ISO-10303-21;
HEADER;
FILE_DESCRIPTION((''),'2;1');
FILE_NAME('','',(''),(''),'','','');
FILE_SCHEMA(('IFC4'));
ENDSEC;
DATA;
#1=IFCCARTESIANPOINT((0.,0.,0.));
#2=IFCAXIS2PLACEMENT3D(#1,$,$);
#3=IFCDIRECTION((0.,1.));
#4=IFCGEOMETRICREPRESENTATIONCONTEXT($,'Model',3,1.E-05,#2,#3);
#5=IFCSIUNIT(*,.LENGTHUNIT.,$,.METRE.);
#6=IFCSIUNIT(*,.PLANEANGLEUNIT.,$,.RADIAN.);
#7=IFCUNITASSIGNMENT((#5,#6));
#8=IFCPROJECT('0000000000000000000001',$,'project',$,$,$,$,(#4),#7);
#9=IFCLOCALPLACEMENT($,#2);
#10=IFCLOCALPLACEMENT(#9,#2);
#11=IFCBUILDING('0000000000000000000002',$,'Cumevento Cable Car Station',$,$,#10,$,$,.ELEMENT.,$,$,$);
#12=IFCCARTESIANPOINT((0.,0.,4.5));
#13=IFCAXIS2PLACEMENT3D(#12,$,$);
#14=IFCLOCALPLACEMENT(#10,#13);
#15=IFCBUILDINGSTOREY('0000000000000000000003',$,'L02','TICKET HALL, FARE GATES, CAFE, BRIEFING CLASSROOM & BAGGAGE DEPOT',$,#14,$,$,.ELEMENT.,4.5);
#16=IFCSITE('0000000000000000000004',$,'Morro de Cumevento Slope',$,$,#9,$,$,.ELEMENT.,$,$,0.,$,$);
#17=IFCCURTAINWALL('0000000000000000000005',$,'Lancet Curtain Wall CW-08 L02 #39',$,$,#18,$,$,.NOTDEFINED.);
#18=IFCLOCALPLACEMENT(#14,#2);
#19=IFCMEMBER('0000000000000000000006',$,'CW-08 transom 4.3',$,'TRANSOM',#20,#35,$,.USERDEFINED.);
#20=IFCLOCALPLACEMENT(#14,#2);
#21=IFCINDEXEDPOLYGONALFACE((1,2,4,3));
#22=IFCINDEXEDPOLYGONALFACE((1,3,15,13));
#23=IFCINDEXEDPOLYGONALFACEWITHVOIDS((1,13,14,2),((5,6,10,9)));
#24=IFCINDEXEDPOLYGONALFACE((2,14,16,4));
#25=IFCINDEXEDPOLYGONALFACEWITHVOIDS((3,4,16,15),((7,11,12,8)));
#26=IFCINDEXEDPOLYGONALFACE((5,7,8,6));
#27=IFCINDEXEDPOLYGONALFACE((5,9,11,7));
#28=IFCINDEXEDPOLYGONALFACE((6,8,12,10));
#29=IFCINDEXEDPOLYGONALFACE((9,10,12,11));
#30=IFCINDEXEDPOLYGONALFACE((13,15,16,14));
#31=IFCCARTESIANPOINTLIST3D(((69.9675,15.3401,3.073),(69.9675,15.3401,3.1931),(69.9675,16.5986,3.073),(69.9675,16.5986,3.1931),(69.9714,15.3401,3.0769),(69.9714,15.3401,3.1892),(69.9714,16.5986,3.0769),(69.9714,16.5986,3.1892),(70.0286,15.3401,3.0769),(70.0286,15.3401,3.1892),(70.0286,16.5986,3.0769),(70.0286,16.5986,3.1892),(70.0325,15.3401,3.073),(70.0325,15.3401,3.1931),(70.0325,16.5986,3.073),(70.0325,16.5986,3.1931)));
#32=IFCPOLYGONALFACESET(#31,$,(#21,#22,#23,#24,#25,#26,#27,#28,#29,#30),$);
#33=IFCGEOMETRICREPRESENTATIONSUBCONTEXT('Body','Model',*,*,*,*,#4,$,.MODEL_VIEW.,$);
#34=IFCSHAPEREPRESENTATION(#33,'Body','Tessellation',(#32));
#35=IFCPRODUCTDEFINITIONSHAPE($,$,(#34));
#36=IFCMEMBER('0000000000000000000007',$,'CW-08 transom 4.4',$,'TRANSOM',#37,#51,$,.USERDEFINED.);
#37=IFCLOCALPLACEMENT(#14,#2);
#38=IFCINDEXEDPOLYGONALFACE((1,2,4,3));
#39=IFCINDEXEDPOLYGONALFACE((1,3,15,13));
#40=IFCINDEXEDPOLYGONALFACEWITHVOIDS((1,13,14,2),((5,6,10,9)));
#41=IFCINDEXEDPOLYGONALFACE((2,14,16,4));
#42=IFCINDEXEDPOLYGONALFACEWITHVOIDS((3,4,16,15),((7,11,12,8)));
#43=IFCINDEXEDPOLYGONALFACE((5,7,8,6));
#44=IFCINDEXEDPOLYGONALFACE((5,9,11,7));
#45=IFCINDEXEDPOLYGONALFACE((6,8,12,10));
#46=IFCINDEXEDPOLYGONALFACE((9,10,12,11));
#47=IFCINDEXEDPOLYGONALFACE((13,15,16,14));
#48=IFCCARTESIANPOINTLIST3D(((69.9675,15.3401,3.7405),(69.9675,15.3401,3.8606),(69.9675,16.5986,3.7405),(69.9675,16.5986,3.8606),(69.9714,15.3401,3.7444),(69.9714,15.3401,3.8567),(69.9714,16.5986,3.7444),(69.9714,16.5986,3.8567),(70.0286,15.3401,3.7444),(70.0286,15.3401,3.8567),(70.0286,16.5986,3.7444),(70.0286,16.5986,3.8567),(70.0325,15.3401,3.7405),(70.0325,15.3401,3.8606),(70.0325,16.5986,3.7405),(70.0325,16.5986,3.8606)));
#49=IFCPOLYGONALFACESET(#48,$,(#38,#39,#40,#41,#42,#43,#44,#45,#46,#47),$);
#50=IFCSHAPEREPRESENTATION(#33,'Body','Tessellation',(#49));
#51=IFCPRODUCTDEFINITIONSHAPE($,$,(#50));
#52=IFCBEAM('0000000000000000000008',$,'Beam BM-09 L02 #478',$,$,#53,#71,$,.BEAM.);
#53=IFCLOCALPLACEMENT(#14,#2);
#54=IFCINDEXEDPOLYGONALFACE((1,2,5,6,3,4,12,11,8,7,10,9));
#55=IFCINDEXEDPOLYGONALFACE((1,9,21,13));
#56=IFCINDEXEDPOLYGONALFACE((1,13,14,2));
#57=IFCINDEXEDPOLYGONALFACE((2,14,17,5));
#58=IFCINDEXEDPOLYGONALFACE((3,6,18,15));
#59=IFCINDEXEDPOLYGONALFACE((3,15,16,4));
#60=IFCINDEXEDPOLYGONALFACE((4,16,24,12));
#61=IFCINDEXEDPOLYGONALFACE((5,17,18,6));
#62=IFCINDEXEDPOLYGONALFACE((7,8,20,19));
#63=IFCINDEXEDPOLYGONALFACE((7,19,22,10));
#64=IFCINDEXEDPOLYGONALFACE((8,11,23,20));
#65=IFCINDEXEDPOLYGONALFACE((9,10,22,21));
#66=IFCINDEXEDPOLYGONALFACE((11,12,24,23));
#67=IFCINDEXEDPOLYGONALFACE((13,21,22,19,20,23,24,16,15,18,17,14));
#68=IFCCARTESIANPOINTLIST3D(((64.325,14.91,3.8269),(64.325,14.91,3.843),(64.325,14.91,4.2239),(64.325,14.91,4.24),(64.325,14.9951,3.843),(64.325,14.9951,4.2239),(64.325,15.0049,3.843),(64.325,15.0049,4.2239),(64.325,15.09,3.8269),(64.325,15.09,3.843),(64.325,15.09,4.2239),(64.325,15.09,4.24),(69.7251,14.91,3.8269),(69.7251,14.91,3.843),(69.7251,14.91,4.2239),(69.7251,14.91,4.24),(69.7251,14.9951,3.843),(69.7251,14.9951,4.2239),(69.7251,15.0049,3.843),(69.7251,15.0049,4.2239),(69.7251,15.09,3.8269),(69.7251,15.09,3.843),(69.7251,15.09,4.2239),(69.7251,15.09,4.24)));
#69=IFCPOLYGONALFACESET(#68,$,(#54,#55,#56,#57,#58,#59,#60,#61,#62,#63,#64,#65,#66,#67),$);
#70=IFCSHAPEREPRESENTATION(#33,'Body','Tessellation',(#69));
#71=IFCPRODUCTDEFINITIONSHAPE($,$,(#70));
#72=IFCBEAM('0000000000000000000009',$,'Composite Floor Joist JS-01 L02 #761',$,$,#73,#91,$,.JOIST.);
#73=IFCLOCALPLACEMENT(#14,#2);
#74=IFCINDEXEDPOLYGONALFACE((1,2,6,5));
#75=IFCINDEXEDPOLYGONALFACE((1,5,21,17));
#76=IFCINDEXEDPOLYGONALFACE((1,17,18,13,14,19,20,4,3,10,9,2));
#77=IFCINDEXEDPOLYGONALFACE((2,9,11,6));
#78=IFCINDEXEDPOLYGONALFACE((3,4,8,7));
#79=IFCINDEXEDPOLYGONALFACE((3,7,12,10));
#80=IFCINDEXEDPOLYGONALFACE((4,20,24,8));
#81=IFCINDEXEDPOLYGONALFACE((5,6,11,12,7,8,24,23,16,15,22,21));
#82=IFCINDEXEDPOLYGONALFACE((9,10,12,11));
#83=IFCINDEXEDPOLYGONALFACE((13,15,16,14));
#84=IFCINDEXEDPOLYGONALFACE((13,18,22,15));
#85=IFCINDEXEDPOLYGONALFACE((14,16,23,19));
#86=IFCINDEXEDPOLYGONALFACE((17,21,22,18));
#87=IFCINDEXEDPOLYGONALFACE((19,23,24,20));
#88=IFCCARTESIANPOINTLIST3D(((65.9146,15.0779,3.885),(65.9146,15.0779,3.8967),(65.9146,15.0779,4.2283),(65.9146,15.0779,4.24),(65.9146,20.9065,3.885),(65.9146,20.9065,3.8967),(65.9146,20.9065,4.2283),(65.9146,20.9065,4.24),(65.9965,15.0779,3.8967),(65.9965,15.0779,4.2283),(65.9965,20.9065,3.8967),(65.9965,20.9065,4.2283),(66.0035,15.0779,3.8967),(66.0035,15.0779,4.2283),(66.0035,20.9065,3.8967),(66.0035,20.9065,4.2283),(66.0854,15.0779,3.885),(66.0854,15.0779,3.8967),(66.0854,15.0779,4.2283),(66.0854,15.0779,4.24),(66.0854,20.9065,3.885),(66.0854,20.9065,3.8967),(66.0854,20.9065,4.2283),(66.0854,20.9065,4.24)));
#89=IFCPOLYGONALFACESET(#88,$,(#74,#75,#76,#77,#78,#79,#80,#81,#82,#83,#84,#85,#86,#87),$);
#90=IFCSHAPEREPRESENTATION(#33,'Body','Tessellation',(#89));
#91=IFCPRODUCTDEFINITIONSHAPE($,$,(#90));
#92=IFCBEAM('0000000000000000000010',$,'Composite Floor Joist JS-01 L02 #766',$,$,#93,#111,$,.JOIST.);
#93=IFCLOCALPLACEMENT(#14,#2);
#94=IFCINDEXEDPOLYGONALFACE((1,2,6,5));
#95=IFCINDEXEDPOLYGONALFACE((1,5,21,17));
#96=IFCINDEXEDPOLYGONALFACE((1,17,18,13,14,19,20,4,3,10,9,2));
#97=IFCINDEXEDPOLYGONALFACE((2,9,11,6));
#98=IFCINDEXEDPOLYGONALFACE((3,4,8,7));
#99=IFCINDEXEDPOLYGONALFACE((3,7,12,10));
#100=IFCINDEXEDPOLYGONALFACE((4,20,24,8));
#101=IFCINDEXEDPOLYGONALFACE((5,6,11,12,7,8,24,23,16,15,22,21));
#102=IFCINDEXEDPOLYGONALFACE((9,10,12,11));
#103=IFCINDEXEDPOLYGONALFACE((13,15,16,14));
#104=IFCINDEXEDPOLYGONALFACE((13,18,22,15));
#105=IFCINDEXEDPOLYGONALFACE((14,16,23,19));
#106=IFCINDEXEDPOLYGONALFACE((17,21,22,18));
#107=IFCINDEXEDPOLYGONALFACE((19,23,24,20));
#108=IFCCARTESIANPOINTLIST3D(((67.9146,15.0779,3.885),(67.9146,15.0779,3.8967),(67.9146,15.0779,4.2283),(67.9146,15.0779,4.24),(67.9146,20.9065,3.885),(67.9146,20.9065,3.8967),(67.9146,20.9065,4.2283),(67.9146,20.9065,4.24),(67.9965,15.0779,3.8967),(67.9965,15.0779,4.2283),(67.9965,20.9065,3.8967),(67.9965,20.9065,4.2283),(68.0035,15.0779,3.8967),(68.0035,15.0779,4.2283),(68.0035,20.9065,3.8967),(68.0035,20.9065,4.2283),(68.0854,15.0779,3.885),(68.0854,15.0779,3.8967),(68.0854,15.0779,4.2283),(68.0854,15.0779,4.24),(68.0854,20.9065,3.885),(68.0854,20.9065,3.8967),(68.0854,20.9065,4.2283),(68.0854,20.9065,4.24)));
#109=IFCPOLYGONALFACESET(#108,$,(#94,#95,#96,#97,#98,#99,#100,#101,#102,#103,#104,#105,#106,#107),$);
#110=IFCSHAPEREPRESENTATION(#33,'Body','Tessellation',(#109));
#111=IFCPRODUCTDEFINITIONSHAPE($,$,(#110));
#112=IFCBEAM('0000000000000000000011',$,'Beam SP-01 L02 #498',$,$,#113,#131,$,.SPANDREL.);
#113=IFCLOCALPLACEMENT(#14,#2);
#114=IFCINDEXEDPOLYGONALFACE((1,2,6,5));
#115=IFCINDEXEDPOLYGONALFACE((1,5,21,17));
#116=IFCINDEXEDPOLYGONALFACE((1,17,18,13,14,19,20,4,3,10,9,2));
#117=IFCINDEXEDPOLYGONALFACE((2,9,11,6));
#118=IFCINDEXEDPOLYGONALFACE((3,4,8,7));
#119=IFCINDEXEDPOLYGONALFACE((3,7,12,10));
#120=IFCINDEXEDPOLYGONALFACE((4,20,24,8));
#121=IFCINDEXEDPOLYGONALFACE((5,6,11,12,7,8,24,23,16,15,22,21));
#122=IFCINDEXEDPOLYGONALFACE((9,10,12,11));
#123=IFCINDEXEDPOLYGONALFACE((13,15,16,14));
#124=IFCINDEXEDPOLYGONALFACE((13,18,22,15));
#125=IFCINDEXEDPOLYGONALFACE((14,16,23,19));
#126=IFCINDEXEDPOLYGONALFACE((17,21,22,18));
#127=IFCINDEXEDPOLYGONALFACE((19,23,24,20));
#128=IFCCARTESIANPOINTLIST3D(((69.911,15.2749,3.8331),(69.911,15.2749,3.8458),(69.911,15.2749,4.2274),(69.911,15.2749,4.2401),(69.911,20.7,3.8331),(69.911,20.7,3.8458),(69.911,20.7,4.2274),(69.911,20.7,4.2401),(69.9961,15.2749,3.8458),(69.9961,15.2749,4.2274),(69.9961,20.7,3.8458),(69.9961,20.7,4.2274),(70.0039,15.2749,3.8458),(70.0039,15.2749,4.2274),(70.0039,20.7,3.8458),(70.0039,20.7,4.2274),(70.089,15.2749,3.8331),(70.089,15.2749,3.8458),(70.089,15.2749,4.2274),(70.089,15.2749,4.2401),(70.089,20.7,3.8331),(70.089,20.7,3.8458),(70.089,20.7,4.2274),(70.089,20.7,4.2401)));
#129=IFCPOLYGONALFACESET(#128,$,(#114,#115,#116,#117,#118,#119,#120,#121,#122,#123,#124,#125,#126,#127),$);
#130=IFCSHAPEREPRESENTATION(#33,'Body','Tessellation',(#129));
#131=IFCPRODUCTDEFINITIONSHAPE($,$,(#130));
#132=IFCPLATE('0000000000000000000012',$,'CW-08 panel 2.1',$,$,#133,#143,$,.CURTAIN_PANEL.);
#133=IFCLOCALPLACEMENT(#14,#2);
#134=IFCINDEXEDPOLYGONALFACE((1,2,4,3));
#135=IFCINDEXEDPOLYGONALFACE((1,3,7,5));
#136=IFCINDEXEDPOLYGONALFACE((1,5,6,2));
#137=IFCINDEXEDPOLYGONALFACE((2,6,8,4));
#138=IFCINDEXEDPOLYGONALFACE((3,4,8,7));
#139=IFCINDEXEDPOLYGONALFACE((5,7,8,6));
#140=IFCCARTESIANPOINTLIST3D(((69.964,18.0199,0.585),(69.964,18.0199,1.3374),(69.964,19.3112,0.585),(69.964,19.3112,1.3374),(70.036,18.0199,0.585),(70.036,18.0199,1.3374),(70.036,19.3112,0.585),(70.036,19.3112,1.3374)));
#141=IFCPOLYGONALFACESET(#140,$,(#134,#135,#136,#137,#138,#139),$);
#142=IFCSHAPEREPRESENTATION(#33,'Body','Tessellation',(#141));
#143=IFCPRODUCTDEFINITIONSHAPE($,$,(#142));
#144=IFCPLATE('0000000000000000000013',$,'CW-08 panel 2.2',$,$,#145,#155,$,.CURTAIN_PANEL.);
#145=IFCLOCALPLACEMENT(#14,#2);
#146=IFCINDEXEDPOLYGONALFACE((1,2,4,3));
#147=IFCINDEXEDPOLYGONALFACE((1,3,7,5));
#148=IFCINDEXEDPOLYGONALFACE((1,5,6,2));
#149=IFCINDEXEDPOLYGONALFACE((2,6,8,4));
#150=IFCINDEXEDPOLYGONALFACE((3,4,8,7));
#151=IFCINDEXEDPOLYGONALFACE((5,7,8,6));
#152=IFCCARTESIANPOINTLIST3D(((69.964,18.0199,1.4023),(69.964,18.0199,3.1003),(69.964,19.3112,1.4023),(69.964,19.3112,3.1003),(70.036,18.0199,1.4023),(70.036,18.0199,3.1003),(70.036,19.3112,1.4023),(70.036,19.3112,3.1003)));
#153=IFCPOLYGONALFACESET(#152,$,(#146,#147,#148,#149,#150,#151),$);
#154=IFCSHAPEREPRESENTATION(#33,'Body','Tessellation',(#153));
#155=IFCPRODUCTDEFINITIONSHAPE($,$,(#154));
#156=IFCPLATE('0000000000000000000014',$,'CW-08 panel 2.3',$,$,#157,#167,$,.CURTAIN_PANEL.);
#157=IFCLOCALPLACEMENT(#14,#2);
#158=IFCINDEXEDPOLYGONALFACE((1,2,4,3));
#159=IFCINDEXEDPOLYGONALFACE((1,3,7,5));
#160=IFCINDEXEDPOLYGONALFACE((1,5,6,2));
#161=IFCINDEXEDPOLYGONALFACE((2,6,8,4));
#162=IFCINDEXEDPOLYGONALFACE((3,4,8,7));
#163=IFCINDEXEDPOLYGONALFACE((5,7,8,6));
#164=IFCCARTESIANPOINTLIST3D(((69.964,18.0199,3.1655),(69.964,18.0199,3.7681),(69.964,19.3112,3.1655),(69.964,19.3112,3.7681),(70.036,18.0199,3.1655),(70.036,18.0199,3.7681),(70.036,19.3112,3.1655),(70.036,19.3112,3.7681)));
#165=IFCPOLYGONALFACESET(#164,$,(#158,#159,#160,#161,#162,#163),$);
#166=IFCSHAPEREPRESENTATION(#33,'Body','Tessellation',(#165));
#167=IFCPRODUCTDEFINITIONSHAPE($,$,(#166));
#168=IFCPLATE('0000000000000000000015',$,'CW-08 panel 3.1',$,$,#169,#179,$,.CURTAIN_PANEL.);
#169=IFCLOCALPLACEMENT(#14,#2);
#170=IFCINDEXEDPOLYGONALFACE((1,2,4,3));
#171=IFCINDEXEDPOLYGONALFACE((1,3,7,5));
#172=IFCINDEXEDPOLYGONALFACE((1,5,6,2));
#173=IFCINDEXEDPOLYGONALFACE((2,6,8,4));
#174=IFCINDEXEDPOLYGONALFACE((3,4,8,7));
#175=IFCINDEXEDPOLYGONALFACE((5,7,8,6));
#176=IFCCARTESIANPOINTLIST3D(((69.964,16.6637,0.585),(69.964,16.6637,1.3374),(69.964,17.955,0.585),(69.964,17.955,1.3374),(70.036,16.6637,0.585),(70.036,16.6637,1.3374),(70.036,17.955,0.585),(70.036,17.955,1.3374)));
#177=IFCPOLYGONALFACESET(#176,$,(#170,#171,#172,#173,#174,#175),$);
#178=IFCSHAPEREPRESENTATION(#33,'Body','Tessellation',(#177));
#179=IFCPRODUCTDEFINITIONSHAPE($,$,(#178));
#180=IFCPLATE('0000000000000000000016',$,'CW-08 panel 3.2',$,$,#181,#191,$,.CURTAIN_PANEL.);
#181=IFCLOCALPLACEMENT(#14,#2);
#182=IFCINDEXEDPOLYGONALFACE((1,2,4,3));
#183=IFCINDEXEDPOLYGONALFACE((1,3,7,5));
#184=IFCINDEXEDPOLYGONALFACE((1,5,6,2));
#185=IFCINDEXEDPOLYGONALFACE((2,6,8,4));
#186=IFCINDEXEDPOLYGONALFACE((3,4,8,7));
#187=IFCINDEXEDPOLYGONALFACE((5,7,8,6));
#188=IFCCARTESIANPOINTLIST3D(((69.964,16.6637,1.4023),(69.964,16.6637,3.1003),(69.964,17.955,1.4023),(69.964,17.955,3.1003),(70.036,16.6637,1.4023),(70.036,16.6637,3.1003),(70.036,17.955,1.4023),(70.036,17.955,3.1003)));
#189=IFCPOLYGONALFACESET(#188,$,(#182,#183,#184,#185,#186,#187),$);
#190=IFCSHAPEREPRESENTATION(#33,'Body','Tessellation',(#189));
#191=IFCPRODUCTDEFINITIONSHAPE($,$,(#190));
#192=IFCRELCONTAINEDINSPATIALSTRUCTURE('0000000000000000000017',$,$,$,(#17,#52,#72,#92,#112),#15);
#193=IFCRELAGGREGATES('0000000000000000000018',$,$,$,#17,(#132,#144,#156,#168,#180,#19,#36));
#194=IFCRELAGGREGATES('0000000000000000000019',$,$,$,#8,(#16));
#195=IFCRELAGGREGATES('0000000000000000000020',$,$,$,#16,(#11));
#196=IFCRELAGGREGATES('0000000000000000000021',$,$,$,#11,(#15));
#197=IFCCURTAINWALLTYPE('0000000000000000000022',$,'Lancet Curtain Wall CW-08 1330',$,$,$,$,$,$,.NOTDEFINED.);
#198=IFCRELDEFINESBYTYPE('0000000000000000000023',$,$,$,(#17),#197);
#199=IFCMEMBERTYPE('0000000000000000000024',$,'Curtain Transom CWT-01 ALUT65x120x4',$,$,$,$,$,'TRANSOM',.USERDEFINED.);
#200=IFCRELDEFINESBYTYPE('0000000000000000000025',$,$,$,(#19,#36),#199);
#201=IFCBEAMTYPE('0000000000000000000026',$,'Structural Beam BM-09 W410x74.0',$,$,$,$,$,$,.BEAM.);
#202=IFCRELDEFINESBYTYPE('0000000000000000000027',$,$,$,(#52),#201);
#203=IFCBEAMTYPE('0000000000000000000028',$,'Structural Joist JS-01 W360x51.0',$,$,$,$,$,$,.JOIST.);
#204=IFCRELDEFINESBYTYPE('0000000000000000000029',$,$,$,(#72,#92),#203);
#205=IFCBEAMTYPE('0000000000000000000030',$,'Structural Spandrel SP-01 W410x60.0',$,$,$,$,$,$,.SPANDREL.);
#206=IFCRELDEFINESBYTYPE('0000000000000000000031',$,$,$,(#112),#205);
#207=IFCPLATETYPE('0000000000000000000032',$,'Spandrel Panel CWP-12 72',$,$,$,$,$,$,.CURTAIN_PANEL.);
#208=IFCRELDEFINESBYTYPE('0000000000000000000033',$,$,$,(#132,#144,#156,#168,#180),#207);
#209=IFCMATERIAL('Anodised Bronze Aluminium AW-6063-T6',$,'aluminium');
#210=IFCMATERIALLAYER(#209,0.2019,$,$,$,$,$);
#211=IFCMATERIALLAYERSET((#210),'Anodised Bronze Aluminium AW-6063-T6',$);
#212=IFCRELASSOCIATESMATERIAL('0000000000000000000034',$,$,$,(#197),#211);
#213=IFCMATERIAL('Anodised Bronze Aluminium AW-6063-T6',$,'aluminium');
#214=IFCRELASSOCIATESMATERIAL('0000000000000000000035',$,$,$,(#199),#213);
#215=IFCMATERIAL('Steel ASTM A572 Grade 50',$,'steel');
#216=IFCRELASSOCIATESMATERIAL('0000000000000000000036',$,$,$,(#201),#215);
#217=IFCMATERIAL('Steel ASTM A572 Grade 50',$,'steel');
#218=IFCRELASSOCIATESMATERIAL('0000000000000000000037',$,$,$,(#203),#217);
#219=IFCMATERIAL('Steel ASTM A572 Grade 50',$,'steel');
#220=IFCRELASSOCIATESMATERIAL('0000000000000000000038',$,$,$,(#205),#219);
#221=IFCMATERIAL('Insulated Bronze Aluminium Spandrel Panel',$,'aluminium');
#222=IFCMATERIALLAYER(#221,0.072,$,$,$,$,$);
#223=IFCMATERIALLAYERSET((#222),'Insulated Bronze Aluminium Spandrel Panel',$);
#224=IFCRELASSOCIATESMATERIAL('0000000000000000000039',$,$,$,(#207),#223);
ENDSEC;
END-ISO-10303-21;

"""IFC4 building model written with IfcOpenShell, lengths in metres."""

from ifc_helpers import new_model, si_unit, direction, frame, origin, origin_2d, place, context, subcontext, project, spatial, rectangle, hollow_rectangle, i_section, extrude, material, layer, layer_set, material_profile, profile_set, type_object, element, aggregate, save


model = new_model("IFC4")

# Units and contexts
model_context = context("Model", 3, precision=1e-05, world=origin(), true_north=direction((0.0, 1.0)))
body_context = subcontext(model_context, "Body", "Model", "MODEL_VIEW")
ifc_project = project(units=[si_unit("LENGTHUNIT", "METRE"), si_unit("PLANEANGLEUNIT", "RADIAN")], contexts=[model_context])

# Site, building, storey
site_placement = place(None, origin())
site = spatial("IfcSite", under=ifc_project, at=site_placement, Name="Morro de Cumevento Slope", CompositionType="ELEMENT", RefElevation=0.0)
building_placement = place(site_placement, origin())
building = spatial("IfcBuilding", under=site, at=building_placement, Name="Cumevento Cable Car Station", CompositionType="ELEMENT")
storey_placement = place(building_placement, frame((0.0, 0.0, 4.5)))
storey = spatial("IfcBuildingStorey", under=building, at=storey_placement, Name="L02", Description="TICKET HALL, FARE GATES, CAFE, BRIEFING CLASSROOM & BAGGAGE DEPOT", CompositionType="ELEMENT", Elevation=4.5)

# Curtain wall, members
ifc_material_1 = material(Name="Anodised Bronze Aluminium AW-6063-T6", Category="aluminium")
ifc_layer_1 = layer(ifc_material_1, 0.2019)
ifc_layer_set_1 = layer_set([ifc_layer_1], Name="Anodised Bronze Aluminium AW-6063-T6")
curtain_wall_type = type_object("IfcCurtainWallType", Name="Lancet Curtain Wall CW-08 1330", PredefinedType="NOTDEFINED", material=ifc_layer_set_1)
curtain_wall_placement = place(storey_placement, origin())
curtain_wall = element("IfcCurtainWall", 1, at=curtain_wall_placement, inside=storey, type_object=curtain_wall_type, Name="Lancet Curtain Wall CW-08 L02 #39", PredefinedType="NOTDEFINED")
ifc_material_2 = material(Name="Anodised Bronze Aluminium AW-6063-T6", Category="aluminium")
ifc_material_profile_1 = material_profile(ifc_material_2, hollow_rectangle(XDim=0.0649, YDim=0.1201, WallThickness=0.0039, at=origin_2d()), Name="ALUT65x120x4")
ifc_profile_set_1 = profile_set([ifc_material_profile_1], Name="Anodised Bronze Aluminium AW-6063-T6")
member_type_1 = type_object("IfcMemberType", Name="Curtain Transom CWT-01 ALUT65x120x4", ElementType="TRANSOM", PredefinedType="USERDEFINED", material=ifc_profile_set_1)
member_1_placement = place(storey_placement, frame((70.0, 16.5986, 3.1331), z_axis=(0.0, -1.0, 0.0), x_axis=(1.0, 0.0, 0.0)))
member_1 = element("IfcMember", 2, at=member_1_placement, type_object=member_type_1, Name="CW-08 transom 4.3", ObjectType="TRANSOM", PredefinedType="USERDEFINED", context=body_context, shape_type="SweptSolid", body=[
    extrude(hollow_rectangle(XDim=0.0649, YDim=0.1201, WallThickness=0.0039, at=origin_2d()), origin(), (0.0, 0.0, 1.0), 1.2585),
])
member_2_placement = place(storey_placement, frame((70.0, 16.5986, 3.8005), z_axis=(0.0, -1.0, 0.0), x_axis=(1.0, 0.0, 0.0)))
member_2 = element("IfcMember", 3, at=member_2_placement, type_object=member_type_1, Name="CW-08 transom 4.4", ObjectType="TRANSOM", PredefinedType="USERDEFINED", context=body_context, shape_type="SweptSolid", body=[
    extrude(hollow_rectangle(XDim=0.0649, YDim=0.1201, WallThickness=0.0039, at=origin_2d()), origin(), (0.0, 0.0, 1.0), 1.2585),
])

# Beams
ifc_material_3 = material(Name="Steel ASTM A572 Grade 50", Category="steel")
ifc_material_profile_2 = material_profile(ifc_material_3, i_section(OverallWidth=0.1799, OverallDepth=0.4131, WebThickness=0.0098, FlangeThickness=0.0161, at=origin_2d()), Name="W410x74.0")
ifc_profile_set_2 = profile_set([ifc_material_profile_2], Name="Steel ASTM A572 Grade 50")
beam_type_1 = type_object("IfcBeamType", Name="Structural Beam BM-09 W410x74.0", PredefinedType="BEAM", material=ifc_profile_set_2)
beam_1_placement = place(storey_placement, frame((64.325, 15.0, 4.0334), z_axis=(1.0, 0.0, 0.0), x_axis=(0.0, 1.0, 0.0)))
element("IfcBeam", 4, at=beam_1_placement, inside=storey, type_object=beam_type_1, Name="Beam BM-09 L02 #478", PredefinedType="BEAM", context=body_context, shape_type="SweptSolid", body=[
    extrude(i_section(OverallWidth=0.1799, OverallDepth=0.4131, WebThickness=0.0098, FlangeThickness=0.0161, at=origin_2d()), origin(), (0.0, 0.0, 1.0), 5.4001),
])
ifc_material_4 = material(Name="Steel ASTM A572 Grade 50", Category="steel")
ifc_material_profile_3 = material_profile(ifc_material_4, i_section(OverallWidth=0.1709, OverallDepth=0.355, WebThickness=0.0071, FlangeThickness=0.0117, at=origin_2d()), Name="W360x51.0")
ifc_profile_set_3 = profile_set([ifc_material_profile_3], Name="Steel ASTM A572 Grade 50")
beam_type_2 = type_object("IfcBeamType", Name="Structural Joist JS-01 W360x51.0", PredefinedType="JOIST", material=ifc_profile_set_3)
for number, where, z_axis, x_axis, name in (
    (5, (66.0, 15.0779, 4.0625), (0.0, 1.0, 0.0), (-1.0, 0.0, 0.0), "Composite Floor Joist JS-01 L02 #761"),
    (6, (68.0, 15.0779, 4.0625), (0.0, 1.0, 0.0), (-1.0, 0.0, 0.0), "Composite Floor Joist JS-01 L02 #766"),
):
    element("IfcBeam", number, at=place(storey_placement, frame(where, z_axis=z_axis, x_axis=x_axis)), inside=storey, type_object=beam_type_2, Name=name, PredefinedType="JOIST", context=body_context, shape_type="SweptSolid", body=[
        extrude(i_section(OverallWidth=0.1709, OverallDepth=0.355, WebThickness=0.0071, FlangeThickness=0.0117, at=origin_2d()), origin(), (0.0, 0.0, 1.0), 5.8286),
    ])
ifc_material_5 = material(Name="Steel ASTM A572 Grade 50", Category="steel")
ifc_material_profile_4 = material_profile(ifc_material_5, i_section(OverallWidth=0.178, OverallDepth=0.407, WebThickness=0.0078, FlangeThickness=0.0127, at=origin_2d()), Name="W410x60.0")
ifc_profile_set_4 = profile_set([ifc_material_profile_4], Name="Steel ASTM A572 Grade 50")
beam_type_3 = type_object("IfcBeamType", Name="Structural Spandrel SP-01 W410x60.0", PredefinedType="SPANDREL", material=ifc_profile_set_4)
beam_2_placement = place(storey_placement, frame((70.0, 15.2749, 4.0366), z_axis=(0.0, 1.0, 0.0), x_axis=(-1.0, 0.0, 0.0)))
element("IfcBeam", 7, at=beam_2_placement, inside=storey, type_object=beam_type_3, Name="Beam SP-01 L02 #498", PredefinedType="SPANDREL", context=body_context, shape_type="SweptSolid", body=[
    extrude(i_section(OverallWidth=0.178, OverallDepth=0.407, WebThickness=0.0078, FlangeThickness=0.0127, at=origin_2d()), origin(), (0.0, 0.0, 1.0), 5.425),
])

# Plates
ifc_material_6 = material(Name="Insulated Bronze Aluminium Spandrel Panel", Category="aluminium")
ifc_layer_2 = layer(ifc_material_6, 0.072)
ifc_layer_set_2 = layer_set([ifc_layer_2], Name="Insulated Bronze Aluminium Spandrel Panel")
plate_type = type_object("IfcPlateType", Name="Spandrel Panel CWP-12 72", PredefinedType="CURTAIN_PANEL", material=ifc_layer_set_2)
plate_1_placement = place(storey_placement, frame((70.0, 18.6655, 0.585), z_axis=(0.0, 0.0, 1.0), x_axis=(0.0, -1.0, 0.0)))
plate_1 = element("IfcPlate", 8, at=plate_1_placement, type_object=plate_type, Name="CW-08 panel 2.1", PredefinedType="CURTAIN_PANEL", context=body_context, shape_type="SweptSolid", body=[
    extrude(rectangle(XDim=1.2913, YDim=0.072, at=origin_2d()), origin(), (0.0, 0.0, 1.0), 0.7524),
])
plate_2_placement = place(storey_placement, frame((70.0, 18.6655, 1.4023), z_axis=(0.0, 0.0, 1.0), x_axis=(0.0, -1.0, 0.0)))
plate_2 = element("IfcPlate", 9, at=plate_2_placement, type_object=plate_type, Name="CW-08 panel 2.2", PredefinedType="CURTAIN_PANEL", context=body_context, shape_type="SweptSolid", body=[
    extrude(rectangle(XDim=1.2913, YDim=0.072, at=origin_2d()), origin(), (0.0, 0.0, 1.0), 1.698),
])
plate_3_placement = place(storey_placement, frame((70.0, 18.6655, 3.1655), z_axis=(0.0, 0.0, 1.0), x_axis=(0.0, -1.0, 0.0)))
plate_3 = element("IfcPlate", 10, at=plate_3_placement, type_object=plate_type, Name="CW-08 panel 2.3", PredefinedType="CURTAIN_PANEL", context=body_context, shape_type="SweptSolid", body=[
    extrude(rectangle(XDim=1.2913, YDim=0.072, at=origin_2d()), origin(), (0.0, 0.0, 1.0), 0.6025),
])
plate_4_placement = place(storey_placement, frame((70.0, 17.3093, 0.585), z_axis=(0.0, 0.0, 1.0), x_axis=(0.0, -1.0, 0.0)))
plate_4 = element("IfcPlate", 11, at=plate_4_placement, type_object=plate_type, Name="CW-08 panel 3.1", PredefinedType="CURTAIN_PANEL", context=body_context, shape_type="SweptSolid", body=[
    extrude(rectangle(XDim=1.2913, YDim=0.072, at=origin_2d()), origin(), (0.0, 0.0, 1.0), 0.7524),
])
plate_5_placement = place(storey_placement, frame((70.0, 17.3093, 1.4023), z_axis=(0.0, 0.0, 1.0), x_axis=(0.0, -1.0, 0.0)))
plate_5 = element("IfcPlate", 12, at=plate_5_placement, type_object=plate_type, Name="CW-08 panel 3.2", PredefinedType="CURTAIN_PANEL", context=body_context, shape_type="SweptSolid", body=[
    extrude(rectangle(XDim=1.2913, YDim=0.072, at=origin_2d()), origin(), (0.0, 0.0, 1.0), 1.698),
])
aggregate(curtain_wall, [plate_1, plate_2, plate_3, plate_4, plate_5, member_1, member_2])

save(model, "model.ifc")
